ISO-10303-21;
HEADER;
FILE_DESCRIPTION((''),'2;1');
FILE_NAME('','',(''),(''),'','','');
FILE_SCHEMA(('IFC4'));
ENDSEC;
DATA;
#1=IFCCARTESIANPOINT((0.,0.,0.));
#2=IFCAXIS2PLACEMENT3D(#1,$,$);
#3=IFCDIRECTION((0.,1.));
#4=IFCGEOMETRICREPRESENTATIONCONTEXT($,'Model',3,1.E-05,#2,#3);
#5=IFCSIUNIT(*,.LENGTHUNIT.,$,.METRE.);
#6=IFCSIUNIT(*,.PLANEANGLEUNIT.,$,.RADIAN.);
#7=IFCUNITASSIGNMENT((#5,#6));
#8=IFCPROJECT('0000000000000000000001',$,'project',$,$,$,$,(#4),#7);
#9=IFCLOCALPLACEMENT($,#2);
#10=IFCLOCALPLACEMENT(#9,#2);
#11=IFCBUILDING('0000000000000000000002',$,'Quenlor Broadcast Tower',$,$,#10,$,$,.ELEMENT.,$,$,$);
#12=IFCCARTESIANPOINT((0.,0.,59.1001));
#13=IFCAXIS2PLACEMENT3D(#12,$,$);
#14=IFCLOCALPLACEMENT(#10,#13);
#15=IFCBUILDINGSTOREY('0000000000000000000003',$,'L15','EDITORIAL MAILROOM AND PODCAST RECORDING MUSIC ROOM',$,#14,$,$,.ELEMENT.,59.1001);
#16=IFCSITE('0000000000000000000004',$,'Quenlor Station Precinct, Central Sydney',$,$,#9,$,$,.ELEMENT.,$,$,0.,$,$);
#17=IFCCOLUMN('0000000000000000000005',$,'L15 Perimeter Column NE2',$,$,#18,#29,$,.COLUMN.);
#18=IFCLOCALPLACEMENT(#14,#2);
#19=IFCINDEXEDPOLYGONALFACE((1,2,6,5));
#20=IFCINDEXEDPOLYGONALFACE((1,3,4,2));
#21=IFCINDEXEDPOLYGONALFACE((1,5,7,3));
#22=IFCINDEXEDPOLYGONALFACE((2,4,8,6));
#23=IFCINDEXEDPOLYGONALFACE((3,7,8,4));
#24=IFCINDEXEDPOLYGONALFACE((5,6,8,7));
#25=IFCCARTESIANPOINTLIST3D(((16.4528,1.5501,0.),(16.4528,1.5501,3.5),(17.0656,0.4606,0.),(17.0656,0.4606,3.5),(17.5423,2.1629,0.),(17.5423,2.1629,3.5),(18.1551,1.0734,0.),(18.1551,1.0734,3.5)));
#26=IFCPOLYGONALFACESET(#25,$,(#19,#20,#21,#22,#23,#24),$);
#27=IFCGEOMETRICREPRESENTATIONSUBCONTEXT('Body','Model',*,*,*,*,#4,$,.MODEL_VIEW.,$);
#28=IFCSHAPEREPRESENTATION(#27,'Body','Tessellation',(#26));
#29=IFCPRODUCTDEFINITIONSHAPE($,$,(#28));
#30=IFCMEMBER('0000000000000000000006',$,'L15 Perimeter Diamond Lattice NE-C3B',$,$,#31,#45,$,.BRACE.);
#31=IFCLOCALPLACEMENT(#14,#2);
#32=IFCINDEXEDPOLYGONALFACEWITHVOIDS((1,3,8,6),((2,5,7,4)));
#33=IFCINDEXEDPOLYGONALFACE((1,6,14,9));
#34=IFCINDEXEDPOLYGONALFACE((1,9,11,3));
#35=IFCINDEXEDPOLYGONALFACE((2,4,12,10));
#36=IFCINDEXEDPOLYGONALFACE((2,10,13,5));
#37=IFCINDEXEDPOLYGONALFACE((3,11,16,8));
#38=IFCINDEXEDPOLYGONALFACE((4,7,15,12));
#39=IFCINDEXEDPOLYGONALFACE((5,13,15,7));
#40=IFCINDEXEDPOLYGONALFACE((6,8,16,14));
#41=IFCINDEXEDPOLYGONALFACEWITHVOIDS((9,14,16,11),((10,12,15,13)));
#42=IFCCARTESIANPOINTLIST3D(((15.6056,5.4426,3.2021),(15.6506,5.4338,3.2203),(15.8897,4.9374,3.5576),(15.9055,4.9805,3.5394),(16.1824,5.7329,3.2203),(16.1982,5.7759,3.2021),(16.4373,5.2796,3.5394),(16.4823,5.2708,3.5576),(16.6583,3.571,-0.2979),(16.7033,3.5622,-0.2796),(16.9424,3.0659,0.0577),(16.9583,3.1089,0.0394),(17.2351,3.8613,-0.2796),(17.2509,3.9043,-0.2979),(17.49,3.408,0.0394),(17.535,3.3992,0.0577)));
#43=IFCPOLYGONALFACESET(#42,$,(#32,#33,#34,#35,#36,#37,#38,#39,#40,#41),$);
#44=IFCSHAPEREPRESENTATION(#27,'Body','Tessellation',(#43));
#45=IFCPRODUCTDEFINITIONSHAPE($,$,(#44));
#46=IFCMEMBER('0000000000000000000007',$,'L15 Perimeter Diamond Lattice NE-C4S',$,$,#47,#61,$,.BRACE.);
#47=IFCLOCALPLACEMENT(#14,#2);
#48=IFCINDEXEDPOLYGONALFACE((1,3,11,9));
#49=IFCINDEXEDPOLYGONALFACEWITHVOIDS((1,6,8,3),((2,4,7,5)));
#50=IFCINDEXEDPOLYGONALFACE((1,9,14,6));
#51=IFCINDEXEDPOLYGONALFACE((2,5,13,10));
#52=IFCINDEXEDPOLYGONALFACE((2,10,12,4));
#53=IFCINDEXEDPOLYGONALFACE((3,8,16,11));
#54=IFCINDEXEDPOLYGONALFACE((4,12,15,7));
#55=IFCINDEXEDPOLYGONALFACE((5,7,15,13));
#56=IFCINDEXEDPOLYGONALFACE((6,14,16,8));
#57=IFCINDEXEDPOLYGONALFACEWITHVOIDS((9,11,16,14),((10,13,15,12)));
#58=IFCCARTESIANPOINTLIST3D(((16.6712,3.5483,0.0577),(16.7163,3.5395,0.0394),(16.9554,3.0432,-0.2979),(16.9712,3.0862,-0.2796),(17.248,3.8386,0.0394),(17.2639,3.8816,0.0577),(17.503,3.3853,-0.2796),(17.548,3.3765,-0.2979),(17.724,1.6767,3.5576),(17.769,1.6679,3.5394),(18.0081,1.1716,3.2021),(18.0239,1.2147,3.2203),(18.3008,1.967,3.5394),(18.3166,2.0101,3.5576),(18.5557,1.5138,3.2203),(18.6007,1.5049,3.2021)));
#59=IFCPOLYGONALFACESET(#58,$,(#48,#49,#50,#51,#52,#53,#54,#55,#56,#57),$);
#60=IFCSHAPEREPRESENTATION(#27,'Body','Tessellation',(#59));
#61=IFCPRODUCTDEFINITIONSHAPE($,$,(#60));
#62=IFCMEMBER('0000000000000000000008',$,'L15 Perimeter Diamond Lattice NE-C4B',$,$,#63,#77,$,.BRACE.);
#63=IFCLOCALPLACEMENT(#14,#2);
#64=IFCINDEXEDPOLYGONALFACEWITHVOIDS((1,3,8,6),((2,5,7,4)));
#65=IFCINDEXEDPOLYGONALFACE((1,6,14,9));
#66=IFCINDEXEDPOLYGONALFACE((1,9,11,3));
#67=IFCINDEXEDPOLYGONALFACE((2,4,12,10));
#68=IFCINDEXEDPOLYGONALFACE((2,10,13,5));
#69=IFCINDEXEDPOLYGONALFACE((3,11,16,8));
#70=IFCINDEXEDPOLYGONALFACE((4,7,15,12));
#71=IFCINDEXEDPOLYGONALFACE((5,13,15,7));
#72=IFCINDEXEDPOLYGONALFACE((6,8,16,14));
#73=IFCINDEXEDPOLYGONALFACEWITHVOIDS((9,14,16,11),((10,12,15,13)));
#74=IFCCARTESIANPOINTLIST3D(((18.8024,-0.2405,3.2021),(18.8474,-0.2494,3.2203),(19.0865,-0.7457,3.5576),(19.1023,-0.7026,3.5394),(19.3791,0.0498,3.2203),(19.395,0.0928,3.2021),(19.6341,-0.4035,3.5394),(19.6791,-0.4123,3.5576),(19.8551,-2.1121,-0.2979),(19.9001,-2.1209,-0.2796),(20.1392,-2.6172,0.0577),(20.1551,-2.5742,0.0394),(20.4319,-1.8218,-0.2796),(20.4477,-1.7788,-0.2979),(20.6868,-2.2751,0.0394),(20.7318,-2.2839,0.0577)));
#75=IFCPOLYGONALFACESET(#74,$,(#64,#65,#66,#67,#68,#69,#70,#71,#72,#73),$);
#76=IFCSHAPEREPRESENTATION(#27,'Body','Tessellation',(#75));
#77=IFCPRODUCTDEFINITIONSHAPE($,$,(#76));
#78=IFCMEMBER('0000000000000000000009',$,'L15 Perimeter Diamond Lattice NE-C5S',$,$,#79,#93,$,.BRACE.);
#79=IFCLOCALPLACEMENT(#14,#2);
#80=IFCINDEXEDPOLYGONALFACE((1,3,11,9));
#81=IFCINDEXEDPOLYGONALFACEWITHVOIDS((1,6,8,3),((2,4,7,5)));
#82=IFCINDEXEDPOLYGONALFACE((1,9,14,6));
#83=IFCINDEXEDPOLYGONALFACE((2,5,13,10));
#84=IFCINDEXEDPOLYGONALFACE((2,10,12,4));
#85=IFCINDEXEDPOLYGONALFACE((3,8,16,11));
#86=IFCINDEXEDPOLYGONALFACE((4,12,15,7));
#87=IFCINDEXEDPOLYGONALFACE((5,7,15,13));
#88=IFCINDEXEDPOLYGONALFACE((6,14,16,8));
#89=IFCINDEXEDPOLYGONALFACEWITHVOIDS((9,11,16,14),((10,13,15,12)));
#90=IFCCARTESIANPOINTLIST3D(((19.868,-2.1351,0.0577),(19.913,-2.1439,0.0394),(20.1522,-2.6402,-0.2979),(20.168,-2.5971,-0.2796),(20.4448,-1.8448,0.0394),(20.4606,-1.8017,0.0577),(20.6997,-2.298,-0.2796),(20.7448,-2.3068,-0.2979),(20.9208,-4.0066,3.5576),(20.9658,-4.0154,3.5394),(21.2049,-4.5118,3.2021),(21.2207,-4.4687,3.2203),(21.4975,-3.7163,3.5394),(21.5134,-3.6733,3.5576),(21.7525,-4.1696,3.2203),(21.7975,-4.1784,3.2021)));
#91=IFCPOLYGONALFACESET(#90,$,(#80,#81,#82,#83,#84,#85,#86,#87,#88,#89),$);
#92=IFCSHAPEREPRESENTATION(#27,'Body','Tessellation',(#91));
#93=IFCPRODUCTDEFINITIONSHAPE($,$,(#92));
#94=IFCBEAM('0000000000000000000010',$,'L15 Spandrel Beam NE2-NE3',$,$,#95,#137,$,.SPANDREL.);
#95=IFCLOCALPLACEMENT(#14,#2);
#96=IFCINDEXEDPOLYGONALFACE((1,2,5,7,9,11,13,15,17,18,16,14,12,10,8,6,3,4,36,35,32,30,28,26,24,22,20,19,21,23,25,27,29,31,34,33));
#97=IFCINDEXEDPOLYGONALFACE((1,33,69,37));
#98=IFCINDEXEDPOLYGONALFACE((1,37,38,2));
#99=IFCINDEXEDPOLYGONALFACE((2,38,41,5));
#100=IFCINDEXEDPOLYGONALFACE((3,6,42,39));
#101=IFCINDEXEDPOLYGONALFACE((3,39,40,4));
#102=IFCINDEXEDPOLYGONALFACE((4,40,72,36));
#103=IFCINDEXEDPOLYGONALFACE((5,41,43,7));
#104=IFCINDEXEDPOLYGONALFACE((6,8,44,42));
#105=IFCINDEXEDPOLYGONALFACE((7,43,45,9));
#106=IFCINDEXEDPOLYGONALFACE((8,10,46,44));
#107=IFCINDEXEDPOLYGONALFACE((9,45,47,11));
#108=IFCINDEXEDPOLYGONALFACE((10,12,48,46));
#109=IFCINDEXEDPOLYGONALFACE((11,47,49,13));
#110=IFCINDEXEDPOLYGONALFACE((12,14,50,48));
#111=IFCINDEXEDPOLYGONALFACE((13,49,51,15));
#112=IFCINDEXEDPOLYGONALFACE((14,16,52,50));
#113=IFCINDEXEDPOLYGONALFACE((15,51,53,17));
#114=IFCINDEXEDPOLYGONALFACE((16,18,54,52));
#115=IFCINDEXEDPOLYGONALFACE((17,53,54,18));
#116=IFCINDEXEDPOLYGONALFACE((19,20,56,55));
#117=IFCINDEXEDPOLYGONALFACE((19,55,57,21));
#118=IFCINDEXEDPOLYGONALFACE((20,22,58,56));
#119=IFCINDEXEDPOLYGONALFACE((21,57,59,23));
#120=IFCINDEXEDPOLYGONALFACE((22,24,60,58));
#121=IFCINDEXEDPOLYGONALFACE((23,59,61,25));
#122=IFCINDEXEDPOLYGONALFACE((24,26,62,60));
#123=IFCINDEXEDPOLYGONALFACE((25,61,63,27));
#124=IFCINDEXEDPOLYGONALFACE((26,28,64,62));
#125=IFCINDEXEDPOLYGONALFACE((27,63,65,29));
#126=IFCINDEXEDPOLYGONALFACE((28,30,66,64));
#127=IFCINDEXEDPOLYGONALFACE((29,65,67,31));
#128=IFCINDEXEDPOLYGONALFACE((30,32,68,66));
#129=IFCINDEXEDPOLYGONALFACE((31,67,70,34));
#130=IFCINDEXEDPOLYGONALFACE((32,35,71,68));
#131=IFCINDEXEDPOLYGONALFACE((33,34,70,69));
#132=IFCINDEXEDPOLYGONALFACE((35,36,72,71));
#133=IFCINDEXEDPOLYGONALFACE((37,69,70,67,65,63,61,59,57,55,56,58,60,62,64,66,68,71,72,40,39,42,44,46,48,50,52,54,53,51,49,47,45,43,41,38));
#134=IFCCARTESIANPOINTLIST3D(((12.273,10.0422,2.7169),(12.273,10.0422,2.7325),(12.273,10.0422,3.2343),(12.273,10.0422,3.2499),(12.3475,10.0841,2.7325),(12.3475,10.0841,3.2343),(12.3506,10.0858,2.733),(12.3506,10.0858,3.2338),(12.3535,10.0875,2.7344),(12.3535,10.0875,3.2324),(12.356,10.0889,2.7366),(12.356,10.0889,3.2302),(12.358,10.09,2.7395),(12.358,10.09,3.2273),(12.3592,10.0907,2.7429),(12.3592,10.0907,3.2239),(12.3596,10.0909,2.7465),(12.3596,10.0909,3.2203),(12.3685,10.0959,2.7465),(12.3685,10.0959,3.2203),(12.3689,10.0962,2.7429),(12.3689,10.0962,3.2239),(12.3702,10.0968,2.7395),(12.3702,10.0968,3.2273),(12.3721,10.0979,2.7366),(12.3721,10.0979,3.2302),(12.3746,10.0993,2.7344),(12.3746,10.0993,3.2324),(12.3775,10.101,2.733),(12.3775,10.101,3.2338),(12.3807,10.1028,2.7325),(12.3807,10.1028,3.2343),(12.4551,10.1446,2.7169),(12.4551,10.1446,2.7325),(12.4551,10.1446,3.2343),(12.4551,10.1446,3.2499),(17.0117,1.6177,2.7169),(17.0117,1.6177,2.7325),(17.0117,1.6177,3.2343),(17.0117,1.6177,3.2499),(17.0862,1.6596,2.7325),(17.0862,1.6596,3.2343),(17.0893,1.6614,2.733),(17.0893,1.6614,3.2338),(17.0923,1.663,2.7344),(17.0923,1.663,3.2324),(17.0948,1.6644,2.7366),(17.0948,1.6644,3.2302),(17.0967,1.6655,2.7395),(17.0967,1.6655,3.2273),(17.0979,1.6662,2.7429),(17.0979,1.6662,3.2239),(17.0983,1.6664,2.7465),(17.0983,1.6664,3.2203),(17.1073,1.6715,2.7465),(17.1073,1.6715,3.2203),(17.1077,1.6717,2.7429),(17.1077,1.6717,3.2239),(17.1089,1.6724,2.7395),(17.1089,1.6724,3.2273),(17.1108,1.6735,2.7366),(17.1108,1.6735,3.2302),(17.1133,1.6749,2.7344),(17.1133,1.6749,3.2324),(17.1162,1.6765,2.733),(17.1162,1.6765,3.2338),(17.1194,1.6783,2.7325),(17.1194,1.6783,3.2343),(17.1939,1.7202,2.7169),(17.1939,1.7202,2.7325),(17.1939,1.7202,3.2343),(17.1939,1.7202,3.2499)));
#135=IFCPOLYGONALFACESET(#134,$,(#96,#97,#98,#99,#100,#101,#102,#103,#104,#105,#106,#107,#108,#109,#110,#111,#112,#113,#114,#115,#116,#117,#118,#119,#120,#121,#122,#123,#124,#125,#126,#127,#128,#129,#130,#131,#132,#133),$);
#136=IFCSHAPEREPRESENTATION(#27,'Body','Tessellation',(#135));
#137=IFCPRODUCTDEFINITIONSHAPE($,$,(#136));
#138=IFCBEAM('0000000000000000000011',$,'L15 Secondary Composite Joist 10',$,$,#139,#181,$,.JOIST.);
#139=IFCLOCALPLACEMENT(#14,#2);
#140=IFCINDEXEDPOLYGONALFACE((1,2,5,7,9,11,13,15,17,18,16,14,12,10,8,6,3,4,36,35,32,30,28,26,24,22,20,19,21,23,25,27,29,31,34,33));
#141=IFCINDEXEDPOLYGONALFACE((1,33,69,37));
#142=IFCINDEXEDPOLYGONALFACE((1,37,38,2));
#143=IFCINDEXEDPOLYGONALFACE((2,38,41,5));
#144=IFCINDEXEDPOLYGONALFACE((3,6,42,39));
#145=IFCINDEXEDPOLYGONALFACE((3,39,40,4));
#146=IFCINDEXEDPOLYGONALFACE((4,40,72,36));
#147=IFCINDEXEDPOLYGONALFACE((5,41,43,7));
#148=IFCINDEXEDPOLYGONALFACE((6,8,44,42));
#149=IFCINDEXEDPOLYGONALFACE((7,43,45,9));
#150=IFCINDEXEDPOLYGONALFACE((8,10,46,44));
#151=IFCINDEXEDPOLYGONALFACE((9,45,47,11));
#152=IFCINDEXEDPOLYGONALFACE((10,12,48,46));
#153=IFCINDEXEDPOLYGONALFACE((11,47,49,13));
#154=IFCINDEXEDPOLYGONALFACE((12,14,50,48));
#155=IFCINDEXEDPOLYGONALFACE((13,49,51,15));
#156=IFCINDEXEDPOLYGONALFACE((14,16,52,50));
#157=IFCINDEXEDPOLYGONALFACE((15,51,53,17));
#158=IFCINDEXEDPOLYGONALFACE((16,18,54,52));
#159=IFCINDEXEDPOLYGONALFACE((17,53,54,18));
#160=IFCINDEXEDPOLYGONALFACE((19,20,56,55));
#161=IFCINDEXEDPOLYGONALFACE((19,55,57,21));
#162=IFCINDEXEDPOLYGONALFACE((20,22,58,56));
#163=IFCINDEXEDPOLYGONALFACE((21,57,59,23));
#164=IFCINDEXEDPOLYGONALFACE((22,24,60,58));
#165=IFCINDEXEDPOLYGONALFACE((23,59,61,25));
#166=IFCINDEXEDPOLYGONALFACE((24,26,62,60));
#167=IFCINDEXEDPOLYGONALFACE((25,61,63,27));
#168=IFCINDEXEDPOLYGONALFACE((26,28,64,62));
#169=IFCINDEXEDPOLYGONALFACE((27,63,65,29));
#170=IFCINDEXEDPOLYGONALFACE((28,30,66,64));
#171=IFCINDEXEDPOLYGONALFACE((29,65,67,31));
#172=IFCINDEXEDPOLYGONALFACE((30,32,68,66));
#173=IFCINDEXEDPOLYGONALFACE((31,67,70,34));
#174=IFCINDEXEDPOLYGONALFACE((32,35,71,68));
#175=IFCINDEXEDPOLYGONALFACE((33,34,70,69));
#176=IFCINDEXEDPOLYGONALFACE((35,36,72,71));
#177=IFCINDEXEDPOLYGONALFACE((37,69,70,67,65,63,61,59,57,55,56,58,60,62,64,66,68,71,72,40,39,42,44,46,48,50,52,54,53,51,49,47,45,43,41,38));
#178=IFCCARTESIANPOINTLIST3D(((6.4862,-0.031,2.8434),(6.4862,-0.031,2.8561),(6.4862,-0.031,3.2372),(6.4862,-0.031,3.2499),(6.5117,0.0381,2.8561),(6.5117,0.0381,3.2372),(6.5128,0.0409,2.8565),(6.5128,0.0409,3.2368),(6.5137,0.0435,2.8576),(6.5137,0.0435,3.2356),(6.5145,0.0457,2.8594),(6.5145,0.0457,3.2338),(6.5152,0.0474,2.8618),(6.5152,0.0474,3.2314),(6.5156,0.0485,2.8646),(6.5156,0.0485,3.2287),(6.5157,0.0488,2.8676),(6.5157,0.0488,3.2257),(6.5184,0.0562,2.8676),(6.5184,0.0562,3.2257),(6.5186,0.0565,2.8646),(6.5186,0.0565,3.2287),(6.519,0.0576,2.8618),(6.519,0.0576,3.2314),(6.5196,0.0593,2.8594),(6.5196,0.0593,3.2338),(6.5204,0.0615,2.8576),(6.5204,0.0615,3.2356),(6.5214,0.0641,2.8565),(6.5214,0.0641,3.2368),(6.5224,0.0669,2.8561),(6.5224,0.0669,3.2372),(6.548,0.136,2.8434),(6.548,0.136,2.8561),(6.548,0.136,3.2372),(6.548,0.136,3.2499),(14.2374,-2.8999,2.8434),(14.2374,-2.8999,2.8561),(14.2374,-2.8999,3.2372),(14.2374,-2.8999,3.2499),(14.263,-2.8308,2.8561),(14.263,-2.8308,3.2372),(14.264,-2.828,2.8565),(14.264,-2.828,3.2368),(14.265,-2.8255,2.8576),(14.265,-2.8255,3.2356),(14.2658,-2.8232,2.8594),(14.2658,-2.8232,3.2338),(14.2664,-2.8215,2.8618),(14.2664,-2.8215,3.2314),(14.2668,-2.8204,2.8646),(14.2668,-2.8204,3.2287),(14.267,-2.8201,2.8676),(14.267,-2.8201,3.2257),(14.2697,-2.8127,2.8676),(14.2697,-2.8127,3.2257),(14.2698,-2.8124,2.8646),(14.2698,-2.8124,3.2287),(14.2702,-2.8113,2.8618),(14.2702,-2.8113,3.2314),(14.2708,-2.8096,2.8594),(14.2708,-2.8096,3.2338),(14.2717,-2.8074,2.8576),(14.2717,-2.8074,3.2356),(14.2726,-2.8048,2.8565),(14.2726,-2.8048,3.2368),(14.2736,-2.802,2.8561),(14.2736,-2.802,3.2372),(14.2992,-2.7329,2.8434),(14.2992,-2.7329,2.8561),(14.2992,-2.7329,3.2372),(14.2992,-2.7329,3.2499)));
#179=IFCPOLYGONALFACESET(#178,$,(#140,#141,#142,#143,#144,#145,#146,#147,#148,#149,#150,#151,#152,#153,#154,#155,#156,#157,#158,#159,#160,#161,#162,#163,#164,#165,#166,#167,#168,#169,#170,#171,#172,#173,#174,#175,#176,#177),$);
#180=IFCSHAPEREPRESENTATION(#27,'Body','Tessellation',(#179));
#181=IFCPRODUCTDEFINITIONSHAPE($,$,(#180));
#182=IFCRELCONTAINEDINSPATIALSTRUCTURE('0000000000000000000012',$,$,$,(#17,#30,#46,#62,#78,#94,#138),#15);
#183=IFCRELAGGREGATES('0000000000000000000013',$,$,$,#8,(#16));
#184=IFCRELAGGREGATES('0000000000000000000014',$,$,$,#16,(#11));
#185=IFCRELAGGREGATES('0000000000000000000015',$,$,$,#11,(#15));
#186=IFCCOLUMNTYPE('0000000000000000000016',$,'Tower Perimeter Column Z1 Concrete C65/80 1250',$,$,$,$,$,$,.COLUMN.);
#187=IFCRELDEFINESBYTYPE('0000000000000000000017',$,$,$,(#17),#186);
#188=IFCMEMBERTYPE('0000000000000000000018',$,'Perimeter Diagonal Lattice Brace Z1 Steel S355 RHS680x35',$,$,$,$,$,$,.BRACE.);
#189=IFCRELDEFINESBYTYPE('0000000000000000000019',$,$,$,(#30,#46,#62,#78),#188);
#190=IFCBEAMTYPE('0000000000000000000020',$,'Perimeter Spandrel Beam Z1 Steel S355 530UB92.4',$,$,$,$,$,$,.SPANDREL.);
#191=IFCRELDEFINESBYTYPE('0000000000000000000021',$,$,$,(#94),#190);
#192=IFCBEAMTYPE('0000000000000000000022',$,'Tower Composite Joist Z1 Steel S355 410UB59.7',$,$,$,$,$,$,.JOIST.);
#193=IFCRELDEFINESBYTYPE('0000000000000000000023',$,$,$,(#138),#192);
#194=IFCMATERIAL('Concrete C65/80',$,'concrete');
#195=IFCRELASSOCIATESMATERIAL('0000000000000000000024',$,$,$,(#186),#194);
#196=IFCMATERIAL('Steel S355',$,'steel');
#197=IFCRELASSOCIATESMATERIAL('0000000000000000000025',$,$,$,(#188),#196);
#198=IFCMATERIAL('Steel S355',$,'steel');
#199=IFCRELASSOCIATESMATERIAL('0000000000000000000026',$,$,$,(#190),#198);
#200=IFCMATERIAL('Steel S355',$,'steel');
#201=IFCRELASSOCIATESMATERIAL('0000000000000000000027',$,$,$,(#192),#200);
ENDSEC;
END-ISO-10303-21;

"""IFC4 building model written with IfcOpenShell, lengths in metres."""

from ifc_helpers import new_model, si_unit, direction, frame, origin, origin_2d, place, context, subcontext, project, spatial, rectangle, hollow_rectangle, i_section, extrude, material, material_profile, profile_set, type_object, element, save


model = new_model("IFC4")

# Units and contexts
model_context = context("Model", 3, precision=1e-05, world=origin(), true_north=direction((0.0, 1.0)))
body_context = subcontext(model_context, "Body", "Model", "MODEL_VIEW")
ifc_project = project(units=[si_unit("LENGTHUNIT", "METRE"), si_unit("PLANEANGLEUNIT", "RADIAN")], contexts=[model_context])

# Site, building, storey
site_placement = place(None, origin())
site = spatial("IfcSite", under=ifc_project, at=site_placement, Name="Quenlor Station Precinct, Central Sydney", CompositionType="ELEMENT", RefElevation=0.0)
building_placement = place(site_placement, origin())
building = spatial("IfcBuilding", under=site, at=building_placement, Name="Quenlor Broadcast Tower", CompositionType="ELEMENT")
storey_placement = place(building_placement, frame((0.0, 0.0, 59.1001)))
storey = spatial("IfcBuildingStorey", under=building, at=storey_placement, Name="L15", Description="EDITORIAL MAILROOM AND PODCAST RECORDING MUSIC ROOM", CompositionType="ELEMENT", Elevation=59.1001)

# Column
ifc_material_1 = material(Name="Concrete C65/80", Category="concrete")
ifc_material_profile_1 = material_profile(ifc_material_1, rectangle(XDim=1.25, YDim=1.25, at=origin_2d()))
ifc_profile_set_1 = profile_set([ifc_material_profile_1], Name="Concrete C65/80 RC1250x1250")
column_type = type_object("IfcColumnType", Name="Tower Perimeter Column Z1 Concrete C65/80 1250", PredefinedType="COLUMN", material=ifc_profile_set_1)
column_placement = place(storey_placement, frame((17.304, 1.3118, 0.0), z_axis=(0.0, 0.0, 1.0), x_axis=(0.871575, 0.490262, 0.0)))
element("IfcColumn", 1, at=column_placement, inside=storey, type_object=column_type, Name="L15 Perimeter Column NE2", PredefinedType="COLUMN", context=body_context, shape_type="SweptSolid", body=[
    extrude(rectangle(XDim=1.25, YDim=1.25, at=origin_2d()), origin(), (0.0, 0.0, 1.0), 3.5),
])

# Members
ifc_material_2 = material(Name="Steel S355", Category="steel")
ifc_material_profile_2 = material_profile(ifc_material_2, hollow_rectangle(XDim=0.6799, YDim=0.6799, WallThickness=0.0349, at=origin_2d()))
ifc_profile_set_2 = profile_set([ifc_material_profile_2], Name="Steel S355 RHS680x680x35")
member_type = type_object("IfcMemberType", Name="Perimeter Diagonal Lattice Brace Z1 Steel S355 RHS680x35", PredefinedType="BRACE", material=ifc_profile_set_2)
for number, where, z_axis, x_axis, name in (
    (2, (17.0967, 3.4851, -0.1201), (-0.256375, 0.455792, 0.852365), (-0.871582, -0.49025, 0.0), "L15 Perimeter Diamond Lattice NE-C3B"),
    (3, (17.1096, 3.4624, -0.1201), (0.256375, -0.455792, 0.852365), (0.871582, 0.49025, 0.0), "L15 Perimeter Diamond Lattice NE-C4S"),
    (4, (20.2935, -2.198, -0.1201), (-0.256375, 0.455792, 0.852365), (-0.871582, -0.49025, 0.0), "L15 Perimeter Diamond Lattice NE-C4B"),
    (5, (20.3064, -2.2209, -0.1201), (0.256375, -0.455792, 0.852365), (0.871582, 0.49025, 0.0), "L15 Perimeter Diamond Lattice NE-C5S"),
):
    element("IfcMember", number, at=place(storey_placement, frame(where, z_axis=z_axis, x_axis=x_axis)), inside=storey, type_object=member_type, Name=name, PredefinedType="BRACE", context=body_context, shape_type="SweptSolid", body=[
        extrude(hollow_rectangle(XDim=0.6799, YDim=0.6799, WallThickness=0.0349, at=origin_2d()), origin(), (0.0, 0.0, 1.0), 4.1062),
    ])

# Beams
ifc_material_3 = material(Name="Steel S355", Category="steel")
ifc_material_profile_3 = material_profile(ifc_material_3, i_section(OverallWidth=0.209, OverallDepth=0.533, WebThickness=0.0103, FlangeThickness=0.0156, FilletRadius=0.0139, at=origin_2d()))
ifc_profile_set_3 = profile_set([ifc_material_profile_3], Name="Steel S355 530UB92.4")
beam_type_1 = type_object("IfcBeamType", Name="Perimeter Spandrel Beam Z1 Steel S355 530UB92.4", PredefinedType="SPANDREL", material=ifc_profile_set_3)
beam_1_placement = place(storey_placement, frame((17.1028, 1.6689, 2.9834), z_axis=(-0.490258, 0.871578, 0.0), x_axis=(-0.871578, -0.490258, 0.0)))
element("IfcBeam", 6, at=beam_1_placement, inside=storey, type_object=beam_type_1, Name="L15 Spandrel Beam NE2-NE3", PredefinedType="SPANDREL", context=body_context, shape_type="SweptSolid", body=[
    extrude(i_section(OverallWidth=0.209, OverallDepth=0.533, WebThickness=0.0103, FlangeThickness=0.0156, FilletRadius=0.0139, at=origin_2d()), origin(), (0.0, 0.0, 1.0), 9.6658),
])
ifc_material_4 = material(Name="Steel S355", Category="steel")
ifc_material_profile_4 = material_profile(ifc_material_4, i_section(OverallWidth=0.178, OverallDepth=0.4065, WebThickness=0.0078, FlangeThickness=0.0127, FilletRadius=0.0115, at=origin_2d()))
ifc_profile_set_4 = profile_set([ifc_material_profile_4], Name="Steel S355 410UB59.7")
beam_type_2 = type_object("IfcBeamType", Name="Tower Composite Joist Z1 Steel S355 410UB59.7", PredefinedType="JOIST", material=ifc_profile_set_4)
beam_2_placement = place(storey_placement, frame((14.2683, -2.8164, 3.0466), z_axis=(-0.937825, 0.347109, 0.0), x_axis=(-0.347109, -0.937825, 0.0)))
element("IfcBeam", 7, at=beam_2_placement, inside=storey, type_object=beam_type_2, Name="L15 Secondary Composite Joist 10", PredefinedType="JOIST", context=body_context, shape_type="SweptSolid", body=[
    extrude(i_section(OverallWidth=0.178, OverallDepth=0.4065, WebThickness=0.0078, FlangeThickness=0.0127, FilletRadius=0.0115, at=origin_2d()), origin(), (0.0, 0.0, 1.0), 8.2651),
])

save(model, "model.ifc")
